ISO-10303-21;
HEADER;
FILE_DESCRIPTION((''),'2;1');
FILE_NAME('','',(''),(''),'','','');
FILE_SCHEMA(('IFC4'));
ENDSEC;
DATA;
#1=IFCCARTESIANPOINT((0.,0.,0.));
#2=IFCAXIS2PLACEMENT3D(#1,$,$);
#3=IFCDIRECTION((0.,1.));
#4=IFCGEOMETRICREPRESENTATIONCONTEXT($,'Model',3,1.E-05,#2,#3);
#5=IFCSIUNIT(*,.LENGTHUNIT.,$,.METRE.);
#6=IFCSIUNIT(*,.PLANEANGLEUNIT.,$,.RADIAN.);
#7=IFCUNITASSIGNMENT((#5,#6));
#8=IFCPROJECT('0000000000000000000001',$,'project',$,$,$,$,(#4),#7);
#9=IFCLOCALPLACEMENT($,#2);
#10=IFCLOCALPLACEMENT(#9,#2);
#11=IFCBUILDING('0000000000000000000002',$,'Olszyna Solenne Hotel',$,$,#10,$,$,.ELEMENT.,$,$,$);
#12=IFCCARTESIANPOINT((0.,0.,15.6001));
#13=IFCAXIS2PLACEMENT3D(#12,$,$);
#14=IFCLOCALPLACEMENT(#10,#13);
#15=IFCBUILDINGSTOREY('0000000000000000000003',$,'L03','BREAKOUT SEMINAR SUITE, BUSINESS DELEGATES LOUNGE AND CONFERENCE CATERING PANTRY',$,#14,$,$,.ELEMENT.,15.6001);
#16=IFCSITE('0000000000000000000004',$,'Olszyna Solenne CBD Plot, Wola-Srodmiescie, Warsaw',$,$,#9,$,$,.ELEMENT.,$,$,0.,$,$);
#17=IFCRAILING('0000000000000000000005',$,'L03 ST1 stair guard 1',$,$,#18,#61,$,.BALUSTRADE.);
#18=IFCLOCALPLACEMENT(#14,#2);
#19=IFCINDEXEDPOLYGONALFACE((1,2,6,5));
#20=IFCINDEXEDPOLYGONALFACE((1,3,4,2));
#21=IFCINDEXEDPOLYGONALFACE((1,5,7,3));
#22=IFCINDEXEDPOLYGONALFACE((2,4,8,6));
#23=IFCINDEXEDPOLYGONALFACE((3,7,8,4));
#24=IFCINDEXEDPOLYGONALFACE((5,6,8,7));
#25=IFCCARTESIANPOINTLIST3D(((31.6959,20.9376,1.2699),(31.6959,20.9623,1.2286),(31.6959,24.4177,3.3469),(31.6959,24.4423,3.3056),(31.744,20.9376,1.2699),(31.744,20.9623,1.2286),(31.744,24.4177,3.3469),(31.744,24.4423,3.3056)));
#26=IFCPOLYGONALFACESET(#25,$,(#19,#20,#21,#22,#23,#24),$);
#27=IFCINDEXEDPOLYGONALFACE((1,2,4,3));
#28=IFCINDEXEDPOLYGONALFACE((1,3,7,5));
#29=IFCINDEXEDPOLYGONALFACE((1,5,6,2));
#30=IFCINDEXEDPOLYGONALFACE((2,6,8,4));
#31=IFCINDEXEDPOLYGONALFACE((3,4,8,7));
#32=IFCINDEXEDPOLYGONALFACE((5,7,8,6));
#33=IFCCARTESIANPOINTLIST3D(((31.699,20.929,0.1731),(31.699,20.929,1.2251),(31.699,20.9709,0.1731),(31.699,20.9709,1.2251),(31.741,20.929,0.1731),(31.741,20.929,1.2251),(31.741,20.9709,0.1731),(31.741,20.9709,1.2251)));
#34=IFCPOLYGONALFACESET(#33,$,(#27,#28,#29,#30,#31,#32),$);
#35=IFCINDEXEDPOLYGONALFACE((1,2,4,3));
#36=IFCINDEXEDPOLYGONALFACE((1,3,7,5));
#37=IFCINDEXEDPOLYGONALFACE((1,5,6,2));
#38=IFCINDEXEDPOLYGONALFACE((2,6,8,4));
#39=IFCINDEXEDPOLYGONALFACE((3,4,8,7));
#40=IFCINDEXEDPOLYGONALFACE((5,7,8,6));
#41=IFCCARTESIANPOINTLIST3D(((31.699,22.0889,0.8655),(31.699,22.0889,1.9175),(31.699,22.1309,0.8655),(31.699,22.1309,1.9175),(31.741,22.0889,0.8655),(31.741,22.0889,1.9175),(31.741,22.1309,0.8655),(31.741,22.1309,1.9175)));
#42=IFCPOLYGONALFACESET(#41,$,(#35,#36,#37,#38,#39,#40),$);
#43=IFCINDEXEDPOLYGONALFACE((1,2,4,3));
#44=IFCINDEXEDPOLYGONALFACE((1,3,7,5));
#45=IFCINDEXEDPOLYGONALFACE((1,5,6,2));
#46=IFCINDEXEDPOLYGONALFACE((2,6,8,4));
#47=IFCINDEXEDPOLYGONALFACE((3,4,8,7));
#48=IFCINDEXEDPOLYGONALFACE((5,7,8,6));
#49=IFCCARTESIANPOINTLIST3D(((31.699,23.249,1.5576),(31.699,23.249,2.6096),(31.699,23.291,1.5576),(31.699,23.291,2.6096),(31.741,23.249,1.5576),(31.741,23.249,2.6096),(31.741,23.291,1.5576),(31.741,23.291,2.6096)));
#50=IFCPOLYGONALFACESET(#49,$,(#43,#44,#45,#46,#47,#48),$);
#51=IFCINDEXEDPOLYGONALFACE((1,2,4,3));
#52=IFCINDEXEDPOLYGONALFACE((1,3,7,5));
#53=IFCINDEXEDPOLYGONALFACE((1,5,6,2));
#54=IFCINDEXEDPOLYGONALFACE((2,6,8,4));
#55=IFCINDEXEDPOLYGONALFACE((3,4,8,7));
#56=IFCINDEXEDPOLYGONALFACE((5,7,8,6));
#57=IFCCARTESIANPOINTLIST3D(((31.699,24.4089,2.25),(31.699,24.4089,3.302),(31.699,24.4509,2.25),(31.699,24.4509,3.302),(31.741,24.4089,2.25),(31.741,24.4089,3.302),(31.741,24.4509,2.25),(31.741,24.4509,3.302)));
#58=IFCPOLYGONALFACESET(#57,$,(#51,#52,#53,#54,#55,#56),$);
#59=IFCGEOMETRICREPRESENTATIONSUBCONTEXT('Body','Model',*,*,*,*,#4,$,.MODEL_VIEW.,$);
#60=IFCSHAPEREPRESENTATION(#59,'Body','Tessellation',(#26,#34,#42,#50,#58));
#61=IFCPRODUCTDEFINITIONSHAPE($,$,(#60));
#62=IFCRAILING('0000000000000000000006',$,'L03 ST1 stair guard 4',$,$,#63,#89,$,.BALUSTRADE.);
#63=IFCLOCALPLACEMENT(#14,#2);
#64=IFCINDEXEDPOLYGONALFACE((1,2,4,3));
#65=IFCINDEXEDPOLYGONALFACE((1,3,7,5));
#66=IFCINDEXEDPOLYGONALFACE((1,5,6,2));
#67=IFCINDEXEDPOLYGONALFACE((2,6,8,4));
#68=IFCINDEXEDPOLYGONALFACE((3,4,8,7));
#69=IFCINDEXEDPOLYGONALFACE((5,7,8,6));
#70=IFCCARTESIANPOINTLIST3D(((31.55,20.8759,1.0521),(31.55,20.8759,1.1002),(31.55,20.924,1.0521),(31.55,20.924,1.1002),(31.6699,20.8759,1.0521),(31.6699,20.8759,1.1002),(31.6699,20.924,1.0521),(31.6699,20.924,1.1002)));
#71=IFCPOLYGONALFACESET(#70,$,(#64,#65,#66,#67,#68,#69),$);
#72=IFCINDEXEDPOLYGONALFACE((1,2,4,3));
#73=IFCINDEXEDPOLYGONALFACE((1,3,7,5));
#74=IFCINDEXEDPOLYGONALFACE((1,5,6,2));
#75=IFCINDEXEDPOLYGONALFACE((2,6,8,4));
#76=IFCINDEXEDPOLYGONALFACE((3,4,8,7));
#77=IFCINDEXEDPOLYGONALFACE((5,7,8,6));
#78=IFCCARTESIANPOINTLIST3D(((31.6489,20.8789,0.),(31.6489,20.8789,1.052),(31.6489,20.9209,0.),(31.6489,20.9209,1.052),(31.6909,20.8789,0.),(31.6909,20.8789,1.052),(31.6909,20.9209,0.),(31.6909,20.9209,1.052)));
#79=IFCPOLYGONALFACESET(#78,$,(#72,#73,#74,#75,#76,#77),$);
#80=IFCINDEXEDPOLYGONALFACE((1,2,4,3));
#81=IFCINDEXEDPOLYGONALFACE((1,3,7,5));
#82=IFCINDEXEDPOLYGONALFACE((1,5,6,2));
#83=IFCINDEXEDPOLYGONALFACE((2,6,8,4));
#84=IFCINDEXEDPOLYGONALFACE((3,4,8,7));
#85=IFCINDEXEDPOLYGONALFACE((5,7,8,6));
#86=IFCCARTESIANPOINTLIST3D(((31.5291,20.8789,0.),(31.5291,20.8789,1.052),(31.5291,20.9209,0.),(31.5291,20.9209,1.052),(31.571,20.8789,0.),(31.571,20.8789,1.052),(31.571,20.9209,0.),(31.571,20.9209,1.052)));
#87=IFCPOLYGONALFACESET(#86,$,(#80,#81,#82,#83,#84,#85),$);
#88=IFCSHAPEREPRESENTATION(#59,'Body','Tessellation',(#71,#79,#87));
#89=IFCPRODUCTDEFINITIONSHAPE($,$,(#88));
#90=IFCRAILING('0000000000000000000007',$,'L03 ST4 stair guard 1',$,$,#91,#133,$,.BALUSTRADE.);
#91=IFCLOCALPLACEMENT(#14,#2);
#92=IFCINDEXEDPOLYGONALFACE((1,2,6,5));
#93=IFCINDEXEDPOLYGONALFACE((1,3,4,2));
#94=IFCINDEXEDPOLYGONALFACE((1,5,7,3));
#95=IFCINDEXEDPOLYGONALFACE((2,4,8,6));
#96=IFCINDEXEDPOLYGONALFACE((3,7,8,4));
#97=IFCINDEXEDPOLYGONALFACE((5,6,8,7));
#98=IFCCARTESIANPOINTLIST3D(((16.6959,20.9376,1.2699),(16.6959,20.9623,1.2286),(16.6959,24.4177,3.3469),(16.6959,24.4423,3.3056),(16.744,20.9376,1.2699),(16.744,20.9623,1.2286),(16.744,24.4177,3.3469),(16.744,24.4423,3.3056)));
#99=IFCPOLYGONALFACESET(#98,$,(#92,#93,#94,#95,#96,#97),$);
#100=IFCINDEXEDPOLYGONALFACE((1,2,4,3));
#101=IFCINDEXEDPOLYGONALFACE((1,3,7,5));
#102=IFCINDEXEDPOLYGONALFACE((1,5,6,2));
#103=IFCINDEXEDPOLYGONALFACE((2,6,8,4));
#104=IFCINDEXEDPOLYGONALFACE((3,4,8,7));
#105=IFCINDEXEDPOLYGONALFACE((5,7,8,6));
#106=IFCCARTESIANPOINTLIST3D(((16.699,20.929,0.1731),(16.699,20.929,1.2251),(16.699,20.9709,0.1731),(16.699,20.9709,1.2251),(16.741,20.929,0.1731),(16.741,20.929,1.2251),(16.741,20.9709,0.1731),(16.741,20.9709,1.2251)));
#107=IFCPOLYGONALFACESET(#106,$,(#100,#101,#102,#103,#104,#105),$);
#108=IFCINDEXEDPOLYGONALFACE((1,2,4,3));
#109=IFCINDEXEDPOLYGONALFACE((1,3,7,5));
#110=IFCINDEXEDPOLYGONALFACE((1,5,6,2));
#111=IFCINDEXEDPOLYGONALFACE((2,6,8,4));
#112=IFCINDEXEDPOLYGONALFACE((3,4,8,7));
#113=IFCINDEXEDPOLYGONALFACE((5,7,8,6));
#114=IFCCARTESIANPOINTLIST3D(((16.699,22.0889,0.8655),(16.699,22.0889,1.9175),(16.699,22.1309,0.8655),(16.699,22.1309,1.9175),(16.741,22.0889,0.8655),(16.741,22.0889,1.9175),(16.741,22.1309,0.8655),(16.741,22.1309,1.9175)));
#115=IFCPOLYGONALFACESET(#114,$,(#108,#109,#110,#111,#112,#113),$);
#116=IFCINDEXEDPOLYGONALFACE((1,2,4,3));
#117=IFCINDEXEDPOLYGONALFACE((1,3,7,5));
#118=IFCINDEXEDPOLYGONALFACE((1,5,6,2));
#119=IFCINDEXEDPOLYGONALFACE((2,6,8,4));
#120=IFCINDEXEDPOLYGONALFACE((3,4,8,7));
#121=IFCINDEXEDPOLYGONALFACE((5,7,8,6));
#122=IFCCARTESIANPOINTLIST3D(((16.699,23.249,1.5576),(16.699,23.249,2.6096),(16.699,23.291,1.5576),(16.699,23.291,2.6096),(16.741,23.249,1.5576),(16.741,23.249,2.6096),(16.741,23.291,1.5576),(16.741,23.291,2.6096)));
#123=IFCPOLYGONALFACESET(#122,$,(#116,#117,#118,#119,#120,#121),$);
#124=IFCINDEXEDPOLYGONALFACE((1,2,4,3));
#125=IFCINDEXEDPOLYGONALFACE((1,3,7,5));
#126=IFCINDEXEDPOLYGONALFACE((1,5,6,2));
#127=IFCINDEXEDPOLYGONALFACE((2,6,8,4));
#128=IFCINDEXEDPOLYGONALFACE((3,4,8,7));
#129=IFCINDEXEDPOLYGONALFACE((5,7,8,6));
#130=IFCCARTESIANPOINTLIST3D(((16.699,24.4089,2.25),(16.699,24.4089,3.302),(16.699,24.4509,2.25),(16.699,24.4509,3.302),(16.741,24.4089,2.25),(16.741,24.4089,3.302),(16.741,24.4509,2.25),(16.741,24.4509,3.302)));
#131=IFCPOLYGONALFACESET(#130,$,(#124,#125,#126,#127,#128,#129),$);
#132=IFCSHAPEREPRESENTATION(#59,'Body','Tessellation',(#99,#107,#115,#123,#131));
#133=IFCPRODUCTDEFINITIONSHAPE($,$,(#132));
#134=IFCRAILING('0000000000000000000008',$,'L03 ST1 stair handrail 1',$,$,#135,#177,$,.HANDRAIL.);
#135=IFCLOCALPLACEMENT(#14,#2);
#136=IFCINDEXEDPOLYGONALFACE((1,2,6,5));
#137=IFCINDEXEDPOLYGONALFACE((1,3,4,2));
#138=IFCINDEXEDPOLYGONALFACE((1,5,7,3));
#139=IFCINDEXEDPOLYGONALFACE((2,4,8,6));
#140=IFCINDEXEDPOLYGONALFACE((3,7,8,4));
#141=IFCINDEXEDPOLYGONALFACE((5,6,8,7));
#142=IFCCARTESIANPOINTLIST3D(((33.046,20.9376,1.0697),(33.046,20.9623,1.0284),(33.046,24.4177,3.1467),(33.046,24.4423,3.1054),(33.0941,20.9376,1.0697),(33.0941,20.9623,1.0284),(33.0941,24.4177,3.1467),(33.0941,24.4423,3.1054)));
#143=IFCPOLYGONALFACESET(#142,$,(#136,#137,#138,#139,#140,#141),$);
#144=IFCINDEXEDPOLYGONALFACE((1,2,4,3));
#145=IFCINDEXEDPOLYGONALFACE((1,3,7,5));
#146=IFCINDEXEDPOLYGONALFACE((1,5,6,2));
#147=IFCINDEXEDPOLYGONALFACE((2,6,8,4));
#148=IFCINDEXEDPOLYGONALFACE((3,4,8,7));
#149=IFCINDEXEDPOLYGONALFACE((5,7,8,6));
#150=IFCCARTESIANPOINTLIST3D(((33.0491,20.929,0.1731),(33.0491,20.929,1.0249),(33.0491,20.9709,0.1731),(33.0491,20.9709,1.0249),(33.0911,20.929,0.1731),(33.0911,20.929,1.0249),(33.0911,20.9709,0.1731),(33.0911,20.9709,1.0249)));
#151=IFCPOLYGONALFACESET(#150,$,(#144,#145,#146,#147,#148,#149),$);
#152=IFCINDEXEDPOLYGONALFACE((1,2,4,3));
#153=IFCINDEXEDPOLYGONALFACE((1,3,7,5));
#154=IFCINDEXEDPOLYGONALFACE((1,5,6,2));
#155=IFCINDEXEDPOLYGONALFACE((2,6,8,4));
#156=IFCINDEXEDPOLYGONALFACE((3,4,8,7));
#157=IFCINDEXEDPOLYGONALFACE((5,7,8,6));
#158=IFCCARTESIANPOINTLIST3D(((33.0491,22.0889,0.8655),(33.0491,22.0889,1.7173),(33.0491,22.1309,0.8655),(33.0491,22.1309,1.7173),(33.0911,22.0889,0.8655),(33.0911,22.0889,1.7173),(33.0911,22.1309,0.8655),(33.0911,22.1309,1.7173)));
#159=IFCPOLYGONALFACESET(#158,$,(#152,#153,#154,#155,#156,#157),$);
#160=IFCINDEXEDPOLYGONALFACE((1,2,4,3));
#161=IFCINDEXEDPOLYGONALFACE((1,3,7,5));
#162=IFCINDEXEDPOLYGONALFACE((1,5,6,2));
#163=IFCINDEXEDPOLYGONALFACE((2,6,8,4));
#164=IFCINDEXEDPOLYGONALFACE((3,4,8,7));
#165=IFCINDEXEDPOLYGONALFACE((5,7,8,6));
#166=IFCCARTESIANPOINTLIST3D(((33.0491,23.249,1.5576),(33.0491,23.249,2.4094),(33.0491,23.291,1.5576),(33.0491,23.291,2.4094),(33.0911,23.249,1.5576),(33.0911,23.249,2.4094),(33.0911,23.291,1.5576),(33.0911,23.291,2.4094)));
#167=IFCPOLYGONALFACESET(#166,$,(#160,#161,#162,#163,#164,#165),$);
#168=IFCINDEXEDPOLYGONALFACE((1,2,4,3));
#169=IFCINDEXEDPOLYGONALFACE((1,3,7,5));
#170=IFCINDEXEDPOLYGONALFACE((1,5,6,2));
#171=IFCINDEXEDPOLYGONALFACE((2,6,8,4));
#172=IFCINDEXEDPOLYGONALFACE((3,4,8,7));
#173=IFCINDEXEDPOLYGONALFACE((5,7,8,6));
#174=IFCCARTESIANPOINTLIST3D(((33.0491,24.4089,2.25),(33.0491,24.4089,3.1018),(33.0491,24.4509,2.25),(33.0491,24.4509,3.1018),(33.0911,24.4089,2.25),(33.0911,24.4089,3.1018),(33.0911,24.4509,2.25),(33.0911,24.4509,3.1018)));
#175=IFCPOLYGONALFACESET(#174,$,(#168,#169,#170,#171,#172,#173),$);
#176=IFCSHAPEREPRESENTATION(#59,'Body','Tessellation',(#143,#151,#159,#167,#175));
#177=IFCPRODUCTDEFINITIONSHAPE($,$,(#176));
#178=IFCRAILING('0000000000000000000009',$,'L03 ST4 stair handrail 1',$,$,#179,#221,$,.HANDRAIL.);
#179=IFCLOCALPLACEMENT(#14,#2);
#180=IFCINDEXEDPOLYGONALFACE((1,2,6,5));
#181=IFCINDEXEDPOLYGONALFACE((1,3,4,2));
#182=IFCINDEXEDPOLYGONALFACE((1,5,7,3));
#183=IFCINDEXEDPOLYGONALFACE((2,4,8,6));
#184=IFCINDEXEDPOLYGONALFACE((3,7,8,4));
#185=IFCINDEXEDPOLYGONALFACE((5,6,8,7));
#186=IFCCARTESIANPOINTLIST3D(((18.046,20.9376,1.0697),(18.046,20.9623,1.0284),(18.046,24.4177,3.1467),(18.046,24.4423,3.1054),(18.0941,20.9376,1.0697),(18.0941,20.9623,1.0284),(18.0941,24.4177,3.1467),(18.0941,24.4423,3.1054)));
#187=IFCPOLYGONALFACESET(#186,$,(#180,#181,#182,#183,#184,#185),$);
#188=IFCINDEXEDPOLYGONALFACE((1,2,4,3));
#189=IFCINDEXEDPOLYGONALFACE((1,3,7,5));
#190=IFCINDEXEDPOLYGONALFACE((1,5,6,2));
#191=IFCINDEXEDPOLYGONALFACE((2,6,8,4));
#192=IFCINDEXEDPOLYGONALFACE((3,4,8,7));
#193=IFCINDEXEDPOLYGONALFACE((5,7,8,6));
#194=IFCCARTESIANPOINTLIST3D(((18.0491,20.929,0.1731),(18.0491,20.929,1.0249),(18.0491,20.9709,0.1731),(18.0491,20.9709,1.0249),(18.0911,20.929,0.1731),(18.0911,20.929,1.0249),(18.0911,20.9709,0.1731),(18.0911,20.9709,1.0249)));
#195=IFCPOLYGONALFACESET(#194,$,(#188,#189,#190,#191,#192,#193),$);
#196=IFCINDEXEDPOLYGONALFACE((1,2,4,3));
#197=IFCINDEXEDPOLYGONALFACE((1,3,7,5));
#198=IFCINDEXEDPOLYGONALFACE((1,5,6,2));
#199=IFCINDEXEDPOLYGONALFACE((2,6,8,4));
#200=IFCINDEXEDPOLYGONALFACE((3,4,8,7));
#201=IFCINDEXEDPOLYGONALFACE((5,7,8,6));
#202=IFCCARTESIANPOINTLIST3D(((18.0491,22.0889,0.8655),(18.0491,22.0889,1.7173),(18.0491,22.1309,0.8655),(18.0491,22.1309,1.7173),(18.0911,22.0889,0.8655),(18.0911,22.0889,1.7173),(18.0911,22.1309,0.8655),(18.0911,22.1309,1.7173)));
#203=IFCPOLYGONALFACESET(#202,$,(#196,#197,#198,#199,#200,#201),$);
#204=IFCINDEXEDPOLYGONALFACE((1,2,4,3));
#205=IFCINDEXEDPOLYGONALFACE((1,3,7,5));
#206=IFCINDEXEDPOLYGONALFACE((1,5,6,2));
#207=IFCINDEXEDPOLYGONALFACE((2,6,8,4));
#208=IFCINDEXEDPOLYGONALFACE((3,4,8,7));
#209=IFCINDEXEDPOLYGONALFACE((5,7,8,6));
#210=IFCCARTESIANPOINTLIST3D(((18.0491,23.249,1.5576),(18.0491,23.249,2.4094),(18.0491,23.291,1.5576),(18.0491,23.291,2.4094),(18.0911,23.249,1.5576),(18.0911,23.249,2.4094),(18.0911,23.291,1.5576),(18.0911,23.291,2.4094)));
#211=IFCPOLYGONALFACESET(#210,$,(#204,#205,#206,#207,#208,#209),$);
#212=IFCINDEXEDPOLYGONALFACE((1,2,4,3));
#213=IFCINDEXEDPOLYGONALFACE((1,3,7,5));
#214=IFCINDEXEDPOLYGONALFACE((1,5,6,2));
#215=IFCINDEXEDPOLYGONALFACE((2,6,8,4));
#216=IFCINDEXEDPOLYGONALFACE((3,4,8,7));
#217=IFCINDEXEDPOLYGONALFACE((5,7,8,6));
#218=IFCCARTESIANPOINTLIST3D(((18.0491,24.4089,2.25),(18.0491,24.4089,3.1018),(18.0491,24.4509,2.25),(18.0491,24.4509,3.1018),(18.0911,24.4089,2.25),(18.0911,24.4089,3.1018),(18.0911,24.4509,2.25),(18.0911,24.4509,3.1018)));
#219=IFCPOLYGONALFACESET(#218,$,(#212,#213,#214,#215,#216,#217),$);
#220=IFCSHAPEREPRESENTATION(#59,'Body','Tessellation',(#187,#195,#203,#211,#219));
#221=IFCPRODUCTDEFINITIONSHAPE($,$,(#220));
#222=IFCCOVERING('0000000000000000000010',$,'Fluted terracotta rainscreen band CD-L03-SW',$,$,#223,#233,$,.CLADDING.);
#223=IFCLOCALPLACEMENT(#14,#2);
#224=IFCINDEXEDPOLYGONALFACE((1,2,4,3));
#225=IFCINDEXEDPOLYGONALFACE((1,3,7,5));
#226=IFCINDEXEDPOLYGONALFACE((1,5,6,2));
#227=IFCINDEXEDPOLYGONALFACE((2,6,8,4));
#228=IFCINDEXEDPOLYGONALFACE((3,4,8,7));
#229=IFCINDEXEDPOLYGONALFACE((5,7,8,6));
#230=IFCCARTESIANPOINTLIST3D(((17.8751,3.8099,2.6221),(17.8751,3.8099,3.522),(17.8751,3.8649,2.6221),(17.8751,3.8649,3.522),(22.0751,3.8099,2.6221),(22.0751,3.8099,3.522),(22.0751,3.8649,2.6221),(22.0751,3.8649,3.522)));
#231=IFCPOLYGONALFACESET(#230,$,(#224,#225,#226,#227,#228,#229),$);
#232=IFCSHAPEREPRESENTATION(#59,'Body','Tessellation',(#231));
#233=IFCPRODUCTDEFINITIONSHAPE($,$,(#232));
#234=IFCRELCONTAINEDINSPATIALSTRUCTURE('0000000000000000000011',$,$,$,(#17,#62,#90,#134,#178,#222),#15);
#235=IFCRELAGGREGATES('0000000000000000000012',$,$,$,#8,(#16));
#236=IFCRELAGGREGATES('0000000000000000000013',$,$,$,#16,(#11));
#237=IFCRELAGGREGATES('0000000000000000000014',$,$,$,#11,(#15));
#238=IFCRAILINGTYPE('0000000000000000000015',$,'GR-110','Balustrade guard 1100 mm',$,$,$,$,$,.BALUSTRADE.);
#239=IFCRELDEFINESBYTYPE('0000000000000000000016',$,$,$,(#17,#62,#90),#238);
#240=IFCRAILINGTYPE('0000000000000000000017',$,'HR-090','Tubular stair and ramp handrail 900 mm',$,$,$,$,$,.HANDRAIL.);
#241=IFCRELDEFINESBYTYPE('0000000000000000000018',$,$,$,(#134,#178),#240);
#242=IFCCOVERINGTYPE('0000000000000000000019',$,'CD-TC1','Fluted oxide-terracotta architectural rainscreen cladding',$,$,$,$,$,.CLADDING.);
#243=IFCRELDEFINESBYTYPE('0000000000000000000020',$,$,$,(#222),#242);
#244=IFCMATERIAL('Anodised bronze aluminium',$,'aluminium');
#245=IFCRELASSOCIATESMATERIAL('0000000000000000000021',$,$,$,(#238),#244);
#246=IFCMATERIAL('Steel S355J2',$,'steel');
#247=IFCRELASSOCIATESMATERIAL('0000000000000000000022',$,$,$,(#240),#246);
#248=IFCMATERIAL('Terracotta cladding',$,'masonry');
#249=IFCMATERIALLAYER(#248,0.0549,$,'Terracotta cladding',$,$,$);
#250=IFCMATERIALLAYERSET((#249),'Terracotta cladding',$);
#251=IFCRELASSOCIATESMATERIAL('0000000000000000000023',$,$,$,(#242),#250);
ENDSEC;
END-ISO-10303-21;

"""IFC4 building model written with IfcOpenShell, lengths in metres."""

from ifc_helpers import new_model, si_unit, direction, frame, origin, origin_2d, place, context, subcontext, project, spatial, rectangle, extrude, source, transform, mapped, material, layer, layer_set, type_object, element, save


model = new_model("IFC4")

# Units and contexts
model_context = context("Model", 3, precision=1e-05, world=origin(), true_north=direction((0.0, 1.0)))
body_context = subcontext(model_context, "Body", "Model", "MODEL_VIEW")
ifc_project = project(units=[si_unit("LENGTHUNIT", "METRE"), si_unit("PLANEANGLEUNIT", "RADIAN")], contexts=[model_context])

# Site, building, storey
site_placement = place(None, origin())
site = spatial("IfcSite", under=ifc_project, at=site_placement, Name="Olszyna Solenne CBD Plot, Wola-Srodmiescie, Warsaw", CompositionType="ELEMENT", RefElevation=0.0)
building_placement = place(site_placement, origin())
building = spatial("IfcBuilding", under=site, at=building_placement, Name="Olszyna Solenne Hotel", CompositionType="ELEMENT")
storey_placement = place(building_placement, frame((0.0, 0.0, 15.6001)))
storey = spatial("IfcBuildingStorey", under=building, at=storey_placement, Name="L03", Description="BREAKOUT SEMINAR SUITE, BUSINESS DELEGATES LOUNGE AND CONFERENCE CATERING PANTRY", CompositionType="ELEMENT", Elevation=15.6001)

# Shared definitions
ifc_material_1 = material(Name="Steel S355J2", Category="steel")

# Shared definitions
ifc_material_2 = material(Name="Anodised bronze aluminium", Category="aluminium")

# Railings
railing_type_1 = type_object("IfcRailingType", Name="GR-110", Description="Balustrade guard 1100 mm", PredefinedType="BALUSTRADE", material=ifc_material_2)
railing_1_placement = place(storey_placement, frame((31.72, 20.95, 0.1731)))
element("IfcRailing", 1, at=railing_1_placement, inside=storey, type_object=railing_type_1, Name="L03 ST1 stair guard 1", PredefinedType="BALUSTRADE", context=body_context, shape_type="SweptSolid", body=[
    extrude(rectangle(XDim=0.0481, YDim=0.0481, at=origin_2d()), frame((0.0, 0.0, 1.0762), z_axis=(0.0, 0.858697, 0.512483), x_axis=(-1.0, 0.0, 0.0)), (0.0, 0.0, 1.0), 4.0527),
    extrude(rectangle(XDim=0.042, YDim=0.042, at=origin_2d()), origin(), (0.0, 0.0, 1.0), 1.052),
    extrude(rectangle(XDim=0.042, YDim=0.042, at=origin_2d()), frame((0.0, 1.1599, 0.6924)), (0.0, 0.0, 1.0), 1.052),
    extrude(rectangle(XDim=0.042, YDim=0.042, at=origin_2d()), frame((0.0, 2.3201, 1.3845)), (0.0, 0.0, 1.0), 1.052),
    extrude(rectangle(XDim=0.042, YDim=0.042, at=origin_2d()), frame((0.0, 3.48, 2.0769)), (0.0, 0.0, 1.0), 1.052),
])
railing_2_placement = place(storey_placement, frame((31.6699, 20.8999, 0.0)))
element("IfcRailing", 2, at=railing_2_placement, inside=storey, type_object=railing_type_1, Name="L03 ST1 stair guard 4", PredefinedType="BALUSTRADE", context=body_context, shape_type="SweptSolid", body=[
    extrude(rectangle(XDim=0.0481, YDim=0.0481, at=origin_2d()), frame((0.0, 0.0, 1.0762), z_axis=(-1.0, 0.0, 0.0), x_axis=(0.0, -1.0, 0.0)), (0.0, 0.0, 1.0), 0.1199),
    extrude(rectangle(XDim=0.042, YDim=0.042, at=origin_2d()), origin(), (0.0, 0.0, 1.0), 1.052),
    extrude(rectangle(XDim=0.042, YDim=0.042, at=origin_2d()), frame((-0.1199, 0.0, 0.0)), (0.0, 0.0, 1.0), 1.052),
])
railing_3_placement = place(storey_placement, frame((16.72, 20.95, 0.1731)))
element("IfcRailing", 3, at=railing_3_placement, inside=storey, type_object=railing_type_1, Name="L03 ST4 stair guard 1", PredefinedType="BALUSTRADE", context=body_context, shape_type="SweptSolid", body=[
    extrude(rectangle(XDim=0.0481, YDim=0.0481, at=origin_2d()), frame((0.0, 0.0, 1.0762), z_axis=(0.0, 0.858697, 0.512483), x_axis=(-1.0, 0.0, 0.0)), (0.0, 0.0, 1.0), 4.0527),
    extrude(rectangle(XDim=0.042, YDim=0.042, at=origin_2d()), origin(), (0.0, 0.0, 1.0), 1.052),
    extrude(rectangle(XDim=0.042, YDim=0.042, at=origin_2d()), frame((0.0, 1.1599, 0.6924)), (0.0, 0.0, 1.0), 1.052),
    extrude(rectangle(XDim=0.042, YDim=0.042, at=origin_2d()), frame((0.0, 2.3201, 1.3845)), (0.0, 0.0, 1.0), 1.052),
    extrude(rectangle(XDim=0.042, YDim=0.042, at=origin_2d()), frame((0.0, 3.48, 2.0769)), (0.0, 0.0, 1.0), 1.052),
])
railing_type_2 = type_object("IfcRailingType", Name="HR-090", Description="Tubular stair and ramp handrail 900 mm", PredefinedType="HANDRAIL", material=ifc_material_1)
for number, where, name in (
    (4, (33.0701, 20.95, 0.1731), "L03 ST1 stair handrail 1"),
    (5, (18.0701, 20.95, 0.1731), "L03 ST4 stair handrail 1"),
):
    element("IfcRailing", number, at=place(storey_placement, frame(where)), inside=storey, type_object=railing_type_2, Name=name, PredefinedType="HANDRAIL", context=body_context, shape_type="SweptSolid", body=[
        extrude(rectangle(XDim=0.0481, YDim=0.0481, at=origin_2d()), frame((0.0, 0.0, 0.876), z_axis=(0.0, 0.858697, 0.512483), x_axis=(-1.0, 0.0, 0.0)), (0.0, 0.0, 1.0), 4.0527),
        extrude(rectangle(XDim=0.042, YDim=0.042, at=origin_2d()), origin(), (0.0, 0.0, 1.0), 0.8518),
        extrude(rectangle(XDim=0.042, YDim=0.042, at=origin_2d()), frame((0.0, 1.1599, 0.6924)), (0.0, 0.0, 1.0), 0.8518),
        extrude(rectangle(XDim=0.042, YDim=0.042, at=origin_2d()), frame((0.0, 2.3201, 1.3845)), (0.0, 0.0, 1.0), 0.8518),
        extrude(rectangle(XDim=0.042, YDim=0.042, at=origin_2d()), frame((0.0, 3.48, 2.0769)), (0.0, 0.0, 1.0), 0.8518),
    ])

# Covering
ifc_material_3 = material(Name="Terracotta cladding", Category="masonry")
ifc_layer_1 = layer(ifc_material_3, 0.0549, Name="Terracotta cladding")
ifc_layer_set_1 = layer_set([ifc_layer_1], Name="Terracotta cladding")
covering_type = type_object("IfcCoveringType", Name="CD-TC1", Description="Fluted oxide-terracotta architectural rainscreen cladding", PredefinedType="CLADDING", material=ifc_layer_set_1)
shared_shape_1 = source(origin(), body_context, "Body", "SweptSolid", [
    extrude(rectangle(XDim=4.2, YDim=0.0549, at=origin_2d()), origin(), (0.0, 0.0, 1.0), 0.8999),
])
covering_placement = place(storey_placement, frame((19.9751, 3.8374, 2.6221), z_axis=(0.0, 0.0, 1.0), x_axis=(-1.0, 0.0, 0.0)))
element("IfcCovering", 6, at=covering_placement, inside=storey, type_object=covering_type, Name="Fluted terracotta rainscreen band CD-L03-SW", PredefinedType="CLADDING", context=body_context, shape_type="MappedRepresentation", body=[
    mapped(shared_shape_1, transform((0.0, 0.0, 0.0), x_axis=(1.0, 0.0, 0.0), y_axis=(0.0, 1.0, 0.0), z_axis=(0.0, 0.0, 1.0), scale=1.0)),
])

save(model, "model.ifc")
